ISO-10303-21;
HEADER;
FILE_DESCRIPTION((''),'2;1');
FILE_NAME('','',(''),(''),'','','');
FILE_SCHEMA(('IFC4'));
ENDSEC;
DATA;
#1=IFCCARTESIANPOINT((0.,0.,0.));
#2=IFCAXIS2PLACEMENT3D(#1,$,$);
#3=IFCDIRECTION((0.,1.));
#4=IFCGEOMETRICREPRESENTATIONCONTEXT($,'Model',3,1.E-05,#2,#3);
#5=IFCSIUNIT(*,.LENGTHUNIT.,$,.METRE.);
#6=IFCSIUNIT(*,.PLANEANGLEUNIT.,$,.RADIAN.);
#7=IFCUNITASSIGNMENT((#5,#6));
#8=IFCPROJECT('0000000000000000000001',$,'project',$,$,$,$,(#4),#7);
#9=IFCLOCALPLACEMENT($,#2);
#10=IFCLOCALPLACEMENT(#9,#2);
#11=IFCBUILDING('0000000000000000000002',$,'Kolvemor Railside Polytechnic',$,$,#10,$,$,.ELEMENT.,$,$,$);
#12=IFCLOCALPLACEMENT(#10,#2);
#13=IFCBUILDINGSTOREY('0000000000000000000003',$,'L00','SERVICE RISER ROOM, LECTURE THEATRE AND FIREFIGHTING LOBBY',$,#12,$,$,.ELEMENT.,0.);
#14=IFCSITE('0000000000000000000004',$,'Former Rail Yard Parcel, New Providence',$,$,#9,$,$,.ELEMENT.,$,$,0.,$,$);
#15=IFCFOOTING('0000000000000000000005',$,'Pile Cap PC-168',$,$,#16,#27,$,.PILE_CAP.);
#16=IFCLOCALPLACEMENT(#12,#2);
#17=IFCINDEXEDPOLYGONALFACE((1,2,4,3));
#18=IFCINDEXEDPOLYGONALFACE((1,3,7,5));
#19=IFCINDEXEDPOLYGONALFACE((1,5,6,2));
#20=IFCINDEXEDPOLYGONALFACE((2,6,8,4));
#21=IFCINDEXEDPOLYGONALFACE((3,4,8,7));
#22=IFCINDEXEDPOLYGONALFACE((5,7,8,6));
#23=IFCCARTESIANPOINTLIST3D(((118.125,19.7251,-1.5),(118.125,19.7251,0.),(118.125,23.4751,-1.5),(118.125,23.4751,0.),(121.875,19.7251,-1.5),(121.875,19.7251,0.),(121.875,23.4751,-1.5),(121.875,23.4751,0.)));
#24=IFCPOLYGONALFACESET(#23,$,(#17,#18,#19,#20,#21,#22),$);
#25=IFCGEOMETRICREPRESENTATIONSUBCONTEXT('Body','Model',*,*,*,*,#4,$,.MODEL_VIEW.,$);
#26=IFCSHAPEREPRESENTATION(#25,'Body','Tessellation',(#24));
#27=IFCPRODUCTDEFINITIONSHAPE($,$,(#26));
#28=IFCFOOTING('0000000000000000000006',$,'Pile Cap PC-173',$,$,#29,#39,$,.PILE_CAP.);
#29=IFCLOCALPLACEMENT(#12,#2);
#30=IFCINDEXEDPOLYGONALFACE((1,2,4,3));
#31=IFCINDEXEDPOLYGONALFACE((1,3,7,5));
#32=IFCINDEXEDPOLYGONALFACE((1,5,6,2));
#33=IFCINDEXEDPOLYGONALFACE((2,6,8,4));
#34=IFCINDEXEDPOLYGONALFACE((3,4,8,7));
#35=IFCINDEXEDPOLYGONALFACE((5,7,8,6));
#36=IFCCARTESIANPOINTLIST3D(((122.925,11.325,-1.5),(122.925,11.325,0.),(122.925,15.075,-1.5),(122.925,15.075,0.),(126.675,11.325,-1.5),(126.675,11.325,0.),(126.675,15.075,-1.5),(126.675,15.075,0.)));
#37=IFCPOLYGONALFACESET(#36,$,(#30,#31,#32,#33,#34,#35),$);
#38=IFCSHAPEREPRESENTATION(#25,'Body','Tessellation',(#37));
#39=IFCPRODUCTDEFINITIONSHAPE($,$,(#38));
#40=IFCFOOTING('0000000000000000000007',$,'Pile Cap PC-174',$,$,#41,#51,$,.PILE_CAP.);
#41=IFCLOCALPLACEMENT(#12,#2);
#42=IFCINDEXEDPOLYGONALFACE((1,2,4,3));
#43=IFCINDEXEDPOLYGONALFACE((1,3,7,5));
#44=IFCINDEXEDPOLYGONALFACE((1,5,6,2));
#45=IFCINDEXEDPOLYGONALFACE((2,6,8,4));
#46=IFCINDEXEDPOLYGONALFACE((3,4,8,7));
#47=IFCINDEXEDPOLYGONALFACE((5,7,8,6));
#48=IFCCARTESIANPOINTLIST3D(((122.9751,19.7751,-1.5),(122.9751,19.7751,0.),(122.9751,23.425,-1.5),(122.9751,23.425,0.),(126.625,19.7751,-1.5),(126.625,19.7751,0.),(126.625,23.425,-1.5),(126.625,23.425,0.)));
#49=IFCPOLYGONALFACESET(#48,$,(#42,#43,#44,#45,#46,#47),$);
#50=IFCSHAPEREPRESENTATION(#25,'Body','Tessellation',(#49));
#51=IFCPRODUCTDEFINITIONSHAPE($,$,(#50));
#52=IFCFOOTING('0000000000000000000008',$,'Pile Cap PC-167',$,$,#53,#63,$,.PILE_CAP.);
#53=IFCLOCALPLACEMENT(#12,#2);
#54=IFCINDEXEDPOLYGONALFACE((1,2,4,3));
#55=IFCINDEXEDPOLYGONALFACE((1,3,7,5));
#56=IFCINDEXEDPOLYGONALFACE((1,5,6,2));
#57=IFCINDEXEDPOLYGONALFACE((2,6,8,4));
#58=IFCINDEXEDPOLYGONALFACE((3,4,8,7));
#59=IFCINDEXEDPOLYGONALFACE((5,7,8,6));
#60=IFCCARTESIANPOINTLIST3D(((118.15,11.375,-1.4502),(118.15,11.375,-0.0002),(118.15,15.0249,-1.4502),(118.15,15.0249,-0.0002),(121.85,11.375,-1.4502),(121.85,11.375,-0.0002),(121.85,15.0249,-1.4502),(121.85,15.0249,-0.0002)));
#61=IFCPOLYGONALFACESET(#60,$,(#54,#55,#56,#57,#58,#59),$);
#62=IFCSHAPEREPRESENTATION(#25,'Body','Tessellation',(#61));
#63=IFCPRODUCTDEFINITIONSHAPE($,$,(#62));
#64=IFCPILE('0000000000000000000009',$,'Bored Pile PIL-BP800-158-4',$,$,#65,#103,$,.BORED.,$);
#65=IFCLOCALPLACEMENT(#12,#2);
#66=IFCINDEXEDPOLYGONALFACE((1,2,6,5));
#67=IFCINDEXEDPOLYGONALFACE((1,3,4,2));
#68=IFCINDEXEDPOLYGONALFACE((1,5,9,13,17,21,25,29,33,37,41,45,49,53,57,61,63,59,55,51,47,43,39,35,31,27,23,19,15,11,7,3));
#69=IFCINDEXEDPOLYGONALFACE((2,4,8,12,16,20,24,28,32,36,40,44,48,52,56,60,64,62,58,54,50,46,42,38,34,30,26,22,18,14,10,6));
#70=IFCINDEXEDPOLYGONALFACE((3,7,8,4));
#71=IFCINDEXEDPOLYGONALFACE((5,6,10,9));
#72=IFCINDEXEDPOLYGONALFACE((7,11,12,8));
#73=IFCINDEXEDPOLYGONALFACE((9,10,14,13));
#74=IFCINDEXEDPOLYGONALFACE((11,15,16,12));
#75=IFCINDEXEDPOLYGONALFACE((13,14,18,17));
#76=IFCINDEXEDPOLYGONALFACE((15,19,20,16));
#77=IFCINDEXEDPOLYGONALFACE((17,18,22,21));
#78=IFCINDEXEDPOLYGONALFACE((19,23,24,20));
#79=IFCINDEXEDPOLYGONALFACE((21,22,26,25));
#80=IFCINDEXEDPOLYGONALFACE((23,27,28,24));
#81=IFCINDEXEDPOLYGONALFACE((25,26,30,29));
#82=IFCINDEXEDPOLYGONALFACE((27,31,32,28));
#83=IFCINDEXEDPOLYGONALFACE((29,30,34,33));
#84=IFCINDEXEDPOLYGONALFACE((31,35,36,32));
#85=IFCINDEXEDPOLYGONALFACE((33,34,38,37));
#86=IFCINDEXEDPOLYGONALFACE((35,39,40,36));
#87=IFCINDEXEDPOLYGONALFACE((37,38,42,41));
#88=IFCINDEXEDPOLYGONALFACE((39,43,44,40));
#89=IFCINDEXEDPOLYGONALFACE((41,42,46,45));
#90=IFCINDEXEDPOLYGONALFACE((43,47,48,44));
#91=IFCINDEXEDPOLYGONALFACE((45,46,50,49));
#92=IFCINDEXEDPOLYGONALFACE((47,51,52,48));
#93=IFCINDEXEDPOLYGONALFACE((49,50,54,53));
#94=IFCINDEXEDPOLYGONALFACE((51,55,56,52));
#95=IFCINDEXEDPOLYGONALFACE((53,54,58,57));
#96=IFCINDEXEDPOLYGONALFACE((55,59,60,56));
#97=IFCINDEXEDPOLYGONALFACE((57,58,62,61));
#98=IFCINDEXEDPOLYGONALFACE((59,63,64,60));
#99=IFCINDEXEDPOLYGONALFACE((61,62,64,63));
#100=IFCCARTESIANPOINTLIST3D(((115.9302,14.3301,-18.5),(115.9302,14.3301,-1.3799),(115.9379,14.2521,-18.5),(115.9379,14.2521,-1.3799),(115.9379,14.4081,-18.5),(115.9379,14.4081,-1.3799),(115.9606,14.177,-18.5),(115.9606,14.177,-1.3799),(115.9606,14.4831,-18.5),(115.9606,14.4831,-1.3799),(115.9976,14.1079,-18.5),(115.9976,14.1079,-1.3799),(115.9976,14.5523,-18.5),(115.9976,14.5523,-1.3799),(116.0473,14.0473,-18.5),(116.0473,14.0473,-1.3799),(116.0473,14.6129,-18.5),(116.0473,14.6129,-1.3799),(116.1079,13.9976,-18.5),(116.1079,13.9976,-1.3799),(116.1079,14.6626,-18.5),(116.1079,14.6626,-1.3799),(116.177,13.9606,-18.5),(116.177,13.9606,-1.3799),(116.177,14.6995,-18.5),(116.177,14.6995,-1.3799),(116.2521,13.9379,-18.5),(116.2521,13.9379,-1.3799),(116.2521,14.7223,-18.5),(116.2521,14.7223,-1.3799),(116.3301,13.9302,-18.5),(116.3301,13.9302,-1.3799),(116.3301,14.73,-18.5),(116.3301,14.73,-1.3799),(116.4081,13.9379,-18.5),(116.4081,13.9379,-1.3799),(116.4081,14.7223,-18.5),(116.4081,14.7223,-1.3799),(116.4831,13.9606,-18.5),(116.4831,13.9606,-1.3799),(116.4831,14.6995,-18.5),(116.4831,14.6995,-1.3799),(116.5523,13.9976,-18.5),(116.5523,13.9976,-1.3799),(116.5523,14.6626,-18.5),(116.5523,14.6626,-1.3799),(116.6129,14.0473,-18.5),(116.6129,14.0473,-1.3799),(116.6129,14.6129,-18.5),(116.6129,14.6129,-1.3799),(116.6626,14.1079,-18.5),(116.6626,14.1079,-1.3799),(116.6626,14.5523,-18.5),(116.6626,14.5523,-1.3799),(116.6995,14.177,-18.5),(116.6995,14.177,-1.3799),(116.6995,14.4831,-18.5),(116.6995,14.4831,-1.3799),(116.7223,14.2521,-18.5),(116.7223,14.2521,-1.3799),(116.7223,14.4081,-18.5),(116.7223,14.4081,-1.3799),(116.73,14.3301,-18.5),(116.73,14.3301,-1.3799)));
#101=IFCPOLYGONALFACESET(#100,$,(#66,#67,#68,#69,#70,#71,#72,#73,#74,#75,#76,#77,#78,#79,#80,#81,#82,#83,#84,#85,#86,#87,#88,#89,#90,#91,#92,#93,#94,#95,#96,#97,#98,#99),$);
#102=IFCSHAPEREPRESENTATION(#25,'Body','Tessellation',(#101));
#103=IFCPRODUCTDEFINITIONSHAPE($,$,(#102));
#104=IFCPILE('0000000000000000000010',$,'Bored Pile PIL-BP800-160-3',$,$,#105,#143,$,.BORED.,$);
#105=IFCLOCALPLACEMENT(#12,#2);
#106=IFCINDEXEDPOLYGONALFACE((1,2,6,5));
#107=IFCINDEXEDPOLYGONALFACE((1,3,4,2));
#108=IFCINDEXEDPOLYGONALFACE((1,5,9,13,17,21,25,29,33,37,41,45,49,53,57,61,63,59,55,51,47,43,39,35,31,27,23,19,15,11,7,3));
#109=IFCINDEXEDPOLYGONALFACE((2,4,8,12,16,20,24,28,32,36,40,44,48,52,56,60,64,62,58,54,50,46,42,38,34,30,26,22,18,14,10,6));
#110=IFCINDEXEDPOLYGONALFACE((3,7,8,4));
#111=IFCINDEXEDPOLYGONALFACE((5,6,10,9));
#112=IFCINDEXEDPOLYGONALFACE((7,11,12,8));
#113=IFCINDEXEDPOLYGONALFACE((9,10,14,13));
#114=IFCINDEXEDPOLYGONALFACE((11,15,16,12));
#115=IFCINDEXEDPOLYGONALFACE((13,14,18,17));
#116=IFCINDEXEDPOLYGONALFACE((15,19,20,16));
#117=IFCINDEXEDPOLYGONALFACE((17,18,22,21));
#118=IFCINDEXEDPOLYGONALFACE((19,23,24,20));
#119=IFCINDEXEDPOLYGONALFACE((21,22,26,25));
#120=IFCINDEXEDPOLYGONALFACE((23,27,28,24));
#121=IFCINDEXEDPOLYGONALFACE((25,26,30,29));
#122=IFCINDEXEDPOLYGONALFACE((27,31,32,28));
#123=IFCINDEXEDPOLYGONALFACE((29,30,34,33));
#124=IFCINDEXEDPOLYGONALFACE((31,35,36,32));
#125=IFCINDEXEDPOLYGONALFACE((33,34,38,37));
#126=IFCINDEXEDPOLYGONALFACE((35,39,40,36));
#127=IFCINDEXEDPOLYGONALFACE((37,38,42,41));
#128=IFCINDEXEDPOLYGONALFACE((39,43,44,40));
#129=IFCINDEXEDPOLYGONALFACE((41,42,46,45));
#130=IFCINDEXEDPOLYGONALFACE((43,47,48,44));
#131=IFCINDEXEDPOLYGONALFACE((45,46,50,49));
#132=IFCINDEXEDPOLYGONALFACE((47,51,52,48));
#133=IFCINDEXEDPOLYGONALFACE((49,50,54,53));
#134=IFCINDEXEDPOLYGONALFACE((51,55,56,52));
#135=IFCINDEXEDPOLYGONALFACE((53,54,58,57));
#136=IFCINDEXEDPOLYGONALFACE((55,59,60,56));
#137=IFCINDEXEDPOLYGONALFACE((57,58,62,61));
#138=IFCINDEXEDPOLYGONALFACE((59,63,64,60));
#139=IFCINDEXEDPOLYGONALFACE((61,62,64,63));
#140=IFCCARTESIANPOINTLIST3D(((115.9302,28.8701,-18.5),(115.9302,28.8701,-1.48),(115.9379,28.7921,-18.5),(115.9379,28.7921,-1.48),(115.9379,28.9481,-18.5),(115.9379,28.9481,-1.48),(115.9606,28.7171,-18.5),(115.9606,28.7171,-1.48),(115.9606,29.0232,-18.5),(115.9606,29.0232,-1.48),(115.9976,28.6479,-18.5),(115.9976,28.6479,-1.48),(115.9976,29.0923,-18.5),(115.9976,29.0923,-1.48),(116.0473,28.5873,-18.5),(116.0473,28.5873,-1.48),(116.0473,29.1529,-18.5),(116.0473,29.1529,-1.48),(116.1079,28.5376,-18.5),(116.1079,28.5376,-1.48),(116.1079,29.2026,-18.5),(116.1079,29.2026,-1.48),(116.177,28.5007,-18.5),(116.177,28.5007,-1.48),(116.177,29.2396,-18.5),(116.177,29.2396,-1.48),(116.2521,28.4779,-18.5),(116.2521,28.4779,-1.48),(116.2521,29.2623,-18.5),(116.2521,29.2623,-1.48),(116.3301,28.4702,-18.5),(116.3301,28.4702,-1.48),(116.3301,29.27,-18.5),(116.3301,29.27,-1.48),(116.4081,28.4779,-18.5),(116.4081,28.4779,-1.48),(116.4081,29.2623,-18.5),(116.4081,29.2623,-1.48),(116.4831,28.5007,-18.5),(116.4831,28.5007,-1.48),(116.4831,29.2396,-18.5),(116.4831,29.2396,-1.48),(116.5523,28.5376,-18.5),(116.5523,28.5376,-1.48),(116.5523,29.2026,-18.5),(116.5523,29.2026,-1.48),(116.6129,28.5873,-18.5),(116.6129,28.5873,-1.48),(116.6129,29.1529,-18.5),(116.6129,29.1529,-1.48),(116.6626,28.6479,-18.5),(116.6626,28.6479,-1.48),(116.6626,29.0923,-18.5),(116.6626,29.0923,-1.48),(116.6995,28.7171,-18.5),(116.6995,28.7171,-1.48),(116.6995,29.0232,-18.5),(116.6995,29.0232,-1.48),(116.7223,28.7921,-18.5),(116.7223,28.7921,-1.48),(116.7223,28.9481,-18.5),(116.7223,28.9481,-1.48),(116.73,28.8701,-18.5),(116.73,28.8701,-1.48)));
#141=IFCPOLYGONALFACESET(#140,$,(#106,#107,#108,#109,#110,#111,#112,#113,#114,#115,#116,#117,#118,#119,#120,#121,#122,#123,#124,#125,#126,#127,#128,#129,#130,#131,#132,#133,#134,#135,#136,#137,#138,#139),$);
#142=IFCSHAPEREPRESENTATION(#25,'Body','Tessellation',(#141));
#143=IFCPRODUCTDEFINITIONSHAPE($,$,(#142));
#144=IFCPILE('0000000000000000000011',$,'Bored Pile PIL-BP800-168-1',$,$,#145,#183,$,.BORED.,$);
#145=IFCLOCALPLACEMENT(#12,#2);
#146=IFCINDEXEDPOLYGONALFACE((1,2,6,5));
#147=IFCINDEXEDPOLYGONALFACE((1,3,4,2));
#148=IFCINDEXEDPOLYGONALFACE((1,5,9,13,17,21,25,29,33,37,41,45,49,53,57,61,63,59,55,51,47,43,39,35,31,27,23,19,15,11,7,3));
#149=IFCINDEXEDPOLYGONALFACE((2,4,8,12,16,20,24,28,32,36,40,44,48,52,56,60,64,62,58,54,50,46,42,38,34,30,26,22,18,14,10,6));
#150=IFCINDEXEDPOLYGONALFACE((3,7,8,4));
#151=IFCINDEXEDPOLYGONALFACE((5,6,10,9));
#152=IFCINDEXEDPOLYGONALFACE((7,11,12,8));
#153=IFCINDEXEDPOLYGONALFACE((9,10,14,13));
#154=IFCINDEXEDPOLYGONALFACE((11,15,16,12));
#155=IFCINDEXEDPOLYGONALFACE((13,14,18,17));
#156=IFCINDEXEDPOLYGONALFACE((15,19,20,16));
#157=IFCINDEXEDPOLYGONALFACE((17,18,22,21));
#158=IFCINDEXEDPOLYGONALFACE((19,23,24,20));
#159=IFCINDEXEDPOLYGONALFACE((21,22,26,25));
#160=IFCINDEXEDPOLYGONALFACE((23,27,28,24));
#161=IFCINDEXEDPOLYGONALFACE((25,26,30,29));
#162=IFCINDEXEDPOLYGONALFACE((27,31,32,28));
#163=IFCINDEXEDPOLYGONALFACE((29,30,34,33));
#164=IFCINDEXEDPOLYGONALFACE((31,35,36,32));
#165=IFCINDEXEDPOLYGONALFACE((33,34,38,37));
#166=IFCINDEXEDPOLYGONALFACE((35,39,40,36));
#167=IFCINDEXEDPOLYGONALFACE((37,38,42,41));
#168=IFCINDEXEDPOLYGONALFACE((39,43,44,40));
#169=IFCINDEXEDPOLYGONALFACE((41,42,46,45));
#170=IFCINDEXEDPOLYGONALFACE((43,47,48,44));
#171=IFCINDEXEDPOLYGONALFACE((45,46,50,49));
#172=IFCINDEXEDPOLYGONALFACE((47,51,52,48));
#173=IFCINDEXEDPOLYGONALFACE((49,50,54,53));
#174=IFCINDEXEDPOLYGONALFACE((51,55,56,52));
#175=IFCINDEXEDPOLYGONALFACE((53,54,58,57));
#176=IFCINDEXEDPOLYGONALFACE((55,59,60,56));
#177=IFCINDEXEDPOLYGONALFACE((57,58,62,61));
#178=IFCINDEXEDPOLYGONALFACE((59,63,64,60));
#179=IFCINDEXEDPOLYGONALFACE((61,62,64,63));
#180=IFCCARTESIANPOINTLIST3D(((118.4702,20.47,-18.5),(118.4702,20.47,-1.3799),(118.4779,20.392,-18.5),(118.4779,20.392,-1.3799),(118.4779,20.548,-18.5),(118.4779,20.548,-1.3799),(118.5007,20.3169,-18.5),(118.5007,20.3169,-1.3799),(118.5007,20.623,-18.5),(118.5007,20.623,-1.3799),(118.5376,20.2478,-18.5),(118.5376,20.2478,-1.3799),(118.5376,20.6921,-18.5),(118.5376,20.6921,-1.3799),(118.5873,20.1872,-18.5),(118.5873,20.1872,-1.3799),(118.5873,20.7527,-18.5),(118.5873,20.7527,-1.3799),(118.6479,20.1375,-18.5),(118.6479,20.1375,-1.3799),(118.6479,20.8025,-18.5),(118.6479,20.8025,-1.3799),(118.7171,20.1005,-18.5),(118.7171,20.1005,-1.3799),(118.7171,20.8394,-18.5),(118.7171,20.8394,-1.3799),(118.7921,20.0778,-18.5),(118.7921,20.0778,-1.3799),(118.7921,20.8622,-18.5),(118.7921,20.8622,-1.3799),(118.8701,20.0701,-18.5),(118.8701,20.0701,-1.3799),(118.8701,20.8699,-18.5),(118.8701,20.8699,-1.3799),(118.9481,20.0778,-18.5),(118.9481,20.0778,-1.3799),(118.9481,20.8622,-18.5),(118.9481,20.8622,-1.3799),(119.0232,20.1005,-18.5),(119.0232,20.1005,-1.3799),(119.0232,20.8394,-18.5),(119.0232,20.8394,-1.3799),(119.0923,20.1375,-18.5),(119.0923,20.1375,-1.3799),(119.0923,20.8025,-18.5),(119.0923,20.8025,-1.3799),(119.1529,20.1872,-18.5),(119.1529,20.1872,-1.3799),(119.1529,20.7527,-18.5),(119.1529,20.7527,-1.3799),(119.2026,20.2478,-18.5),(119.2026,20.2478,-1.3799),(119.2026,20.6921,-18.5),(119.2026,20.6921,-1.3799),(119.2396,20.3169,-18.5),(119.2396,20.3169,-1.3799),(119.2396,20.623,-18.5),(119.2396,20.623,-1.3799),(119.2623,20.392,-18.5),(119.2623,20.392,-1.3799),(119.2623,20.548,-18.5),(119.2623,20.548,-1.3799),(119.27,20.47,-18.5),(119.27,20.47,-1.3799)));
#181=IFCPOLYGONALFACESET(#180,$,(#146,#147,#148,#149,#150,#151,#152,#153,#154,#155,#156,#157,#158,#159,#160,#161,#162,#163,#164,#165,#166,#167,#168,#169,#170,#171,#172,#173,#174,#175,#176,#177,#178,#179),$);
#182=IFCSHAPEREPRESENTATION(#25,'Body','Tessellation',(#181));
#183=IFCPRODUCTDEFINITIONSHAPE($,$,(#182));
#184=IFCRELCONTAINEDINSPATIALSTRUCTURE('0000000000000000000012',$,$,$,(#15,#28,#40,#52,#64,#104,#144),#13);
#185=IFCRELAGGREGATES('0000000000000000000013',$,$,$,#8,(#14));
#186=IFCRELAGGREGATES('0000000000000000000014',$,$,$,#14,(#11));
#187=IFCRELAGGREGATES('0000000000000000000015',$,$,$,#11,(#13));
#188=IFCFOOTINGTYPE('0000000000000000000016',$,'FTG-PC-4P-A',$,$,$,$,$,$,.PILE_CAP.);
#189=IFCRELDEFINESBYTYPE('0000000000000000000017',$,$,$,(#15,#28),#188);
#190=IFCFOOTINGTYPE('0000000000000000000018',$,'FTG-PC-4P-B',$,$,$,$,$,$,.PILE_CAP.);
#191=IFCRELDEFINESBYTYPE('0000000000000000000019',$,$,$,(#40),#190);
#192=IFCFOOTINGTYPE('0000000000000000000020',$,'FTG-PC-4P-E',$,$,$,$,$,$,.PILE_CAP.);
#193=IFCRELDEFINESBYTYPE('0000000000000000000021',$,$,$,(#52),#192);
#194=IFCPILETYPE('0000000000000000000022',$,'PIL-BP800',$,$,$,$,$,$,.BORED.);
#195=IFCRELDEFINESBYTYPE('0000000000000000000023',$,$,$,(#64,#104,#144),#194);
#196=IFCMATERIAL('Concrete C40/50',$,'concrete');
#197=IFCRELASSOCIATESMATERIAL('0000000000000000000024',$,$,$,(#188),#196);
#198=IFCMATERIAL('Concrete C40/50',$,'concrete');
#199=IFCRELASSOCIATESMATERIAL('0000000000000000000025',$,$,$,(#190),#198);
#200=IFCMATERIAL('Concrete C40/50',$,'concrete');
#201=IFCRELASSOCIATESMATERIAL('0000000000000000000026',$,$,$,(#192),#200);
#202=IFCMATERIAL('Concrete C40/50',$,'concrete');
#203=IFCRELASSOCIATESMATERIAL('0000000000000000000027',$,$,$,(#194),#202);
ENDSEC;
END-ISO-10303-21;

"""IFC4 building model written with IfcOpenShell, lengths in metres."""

from ifc_helpers import new_model, si_unit, direction, frame, origin, origin_2d, place, context, subcontext, project, spatial, rectangle, circle, extrude, material, material_profile, profile_set, type_object, element, save


model = new_model("IFC4")

# Units and contexts
model_context = context("Model", 3, precision=1e-05, world=origin(), true_north=direction((0.0, 1.0)))
body_context = subcontext(model_context, "Body", "Model", "MODEL_VIEW")
ifc_project = project(units=[si_unit("LENGTHUNIT", "METRE"), si_unit("PLANEANGLEUNIT", "RADIAN")], contexts=[model_context])

# Site, building, storey
site_placement = place(None, origin())
site = spatial("IfcSite", under=ifc_project, at=site_placement, Name="Former Rail Yard Parcel, New Providence", CompositionType="ELEMENT", RefElevation=0.0)
building_placement = place(site_placement, origin())
building = spatial("IfcBuilding", under=site, at=building_placement, Name="Kolvemor Railside Polytechnic", CompositionType="ELEMENT")
storey_placement = place(building_placement, origin())
storey = spatial("IfcBuildingStorey", under=building, at=storey_placement, Name="L00", Description="SERVICE RISER ROOM, LECTURE THEATRE AND FIREFIGHTING LOBBY", CompositionType="ELEMENT", Elevation=0.0)

# Footings
ifc_material_1 = material(Name="Concrete C40/50", Category="concrete")
footing_type_1 = type_object("IfcFootingType", Name="FTG-PC-4P-A", PredefinedType="PILE_CAP", material=ifc_material_1)
for number, where, z_axis, x_axis, name in (
    (1, (120.0, 21.6001, -1.5), (0.0, 0.0, 1.0), (1.0, 0.0, 0.0), "Pile Cap PC-168"),
    (2, (124.8, 13.2, -1.5), (0.0, 0.0, 1.0), (1.0, 0.0, 0.0), "Pile Cap PC-173"),
):
    element("IfcFooting", number, at=place(storey_placement, frame(where, z_axis=z_axis, x_axis=x_axis)), inside=storey, type_object=footing_type_1, Name=name, PredefinedType="PILE_CAP", context=body_context, shape_type="SweptSolid", body=[
        extrude(rectangle(XDim=3.75, YDim=3.75, at=origin_2d()), origin(), (0.0, 0.0, 1.0), 1.5),
    ])
ifc_material_2 = material(Name="Concrete C40/50", Category="concrete")
footing_type_2 = type_object("IfcFootingType", Name="FTG-PC-4P-B", PredefinedType="PILE_CAP", material=ifc_material_2)
footing_1_placement = place(storey_placement, frame((124.8, 21.6001, -1.5), z_axis=(0.0, 0.0, 1.0), x_axis=(1.0, 0.0, 0.0)))
element("IfcFooting", 3, at=footing_1_placement, inside=storey, type_object=footing_type_2, Name="Pile Cap PC-174", PredefinedType="PILE_CAP", context=body_context, shape_type="SweptSolid", body=[
    extrude(rectangle(XDim=3.6499, YDim=3.6499, at=origin_2d()), origin(), (0.0, 0.0, 1.0), 1.5),
])
ifc_material_3 = material(Name="Concrete C40/50", Category="concrete")
footing_type_3 = type_object("IfcFootingType", Name="FTG-PC-4P-E", PredefinedType="PILE_CAP", material=ifc_material_3)
footing_2_placement = place(storey_placement, frame((120.0, 13.2, -1.4502), z_axis=(0.0, 0.0, 1.0), x_axis=(1.0, 0.0, 0.0)))
element("IfcFooting", 4, at=footing_2_placement, inside=storey, type_object=footing_type_3, Name="Pile Cap PC-167", PredefinedType="PILE_CAP", context=body_context, shape_type="SweptSolid", body=[
    extrude(rectangle(XDim=3.7, YDim=3.6499, at=origin_2d()), origin(), (0.0, 0.0, 1.0), 1.45),
])

# Piles
ifc_material_4 = material(Name="Concrete C40/50", Category="concrete")
ifc_material_profile_1 = material_profile(ifc_material_4, circle(Radius=0.3999, at=origin_2d()), Name="BP800")
ifc_profile_set_1 = profile_set([ifc_material_profile_1], Name="Concrete C40/50")
pile_type_1 = type_object("IfcPileType", Name="PIL-BP800", PredefinedType="BORED", material=ifc_profile_set_1)
pile_1_placement = place(storey_placement, frame((116.3301, 14.3301, -1.3799), z_axis=(0.0, 0.0, -1.0), x_axis=(1.0, 0.0, 0.0)))
element("IfcPile", 5, at=pile_1_placement, inside=storey, type_object=pile_type_1, Name="Bored Pile PIL-BP800-158-4", PredefinedType="BORED", context=body_context, shape_type="SweptSolid", body=[
    extrude(circle(Radius=0.3999, at=origin_2d()), origin(), (0.0, 0.0, 1.0), 17.1201),
])
pile_2_placement = place(storey_placement, frame((116.3301, 28.8701, -1.48), z_axis=(0.0, 0.0, -1.0), x_axis=(1.0, 0.0, 0.0)))
element("IfcPile", 6, at=pile_2_placement, inside=storey, type_object=pile_type_1, Name="Bored Pile PIL-BP800-160-3", PredefinedType="BORED", context=body_context, shape_type="SweptSolid", body=[
    extrude(circle(Radius=0.3999, at=origin_2d()), origin(), (0.0, 0.0, 1.0), 17.02),
])
for number, where, z_axis, x_axis, name in (
    (7, (118.8701, 20.47, -1.3799), (0.0, 0.0, -1.0), (1.0, 0.0, 0.0), "Bored Pile PIL-BP800-168-1"),
):
    element("IfcPile", number, at=place(storey_placement, frame(where, z_axis=z_axis, x_axis=x_axis)), inside=storey, type_object=pile_type_1, Name=name, PredefinedType="BORED", context=body_context, shape_type="SweptSolid", body=[
        extrude(circle(Radius=0.3999, at=origin_2d()), origin(), (0.0, 0.0, 1.0), 17.1201),
    ])

save(model, "model.ifc")
